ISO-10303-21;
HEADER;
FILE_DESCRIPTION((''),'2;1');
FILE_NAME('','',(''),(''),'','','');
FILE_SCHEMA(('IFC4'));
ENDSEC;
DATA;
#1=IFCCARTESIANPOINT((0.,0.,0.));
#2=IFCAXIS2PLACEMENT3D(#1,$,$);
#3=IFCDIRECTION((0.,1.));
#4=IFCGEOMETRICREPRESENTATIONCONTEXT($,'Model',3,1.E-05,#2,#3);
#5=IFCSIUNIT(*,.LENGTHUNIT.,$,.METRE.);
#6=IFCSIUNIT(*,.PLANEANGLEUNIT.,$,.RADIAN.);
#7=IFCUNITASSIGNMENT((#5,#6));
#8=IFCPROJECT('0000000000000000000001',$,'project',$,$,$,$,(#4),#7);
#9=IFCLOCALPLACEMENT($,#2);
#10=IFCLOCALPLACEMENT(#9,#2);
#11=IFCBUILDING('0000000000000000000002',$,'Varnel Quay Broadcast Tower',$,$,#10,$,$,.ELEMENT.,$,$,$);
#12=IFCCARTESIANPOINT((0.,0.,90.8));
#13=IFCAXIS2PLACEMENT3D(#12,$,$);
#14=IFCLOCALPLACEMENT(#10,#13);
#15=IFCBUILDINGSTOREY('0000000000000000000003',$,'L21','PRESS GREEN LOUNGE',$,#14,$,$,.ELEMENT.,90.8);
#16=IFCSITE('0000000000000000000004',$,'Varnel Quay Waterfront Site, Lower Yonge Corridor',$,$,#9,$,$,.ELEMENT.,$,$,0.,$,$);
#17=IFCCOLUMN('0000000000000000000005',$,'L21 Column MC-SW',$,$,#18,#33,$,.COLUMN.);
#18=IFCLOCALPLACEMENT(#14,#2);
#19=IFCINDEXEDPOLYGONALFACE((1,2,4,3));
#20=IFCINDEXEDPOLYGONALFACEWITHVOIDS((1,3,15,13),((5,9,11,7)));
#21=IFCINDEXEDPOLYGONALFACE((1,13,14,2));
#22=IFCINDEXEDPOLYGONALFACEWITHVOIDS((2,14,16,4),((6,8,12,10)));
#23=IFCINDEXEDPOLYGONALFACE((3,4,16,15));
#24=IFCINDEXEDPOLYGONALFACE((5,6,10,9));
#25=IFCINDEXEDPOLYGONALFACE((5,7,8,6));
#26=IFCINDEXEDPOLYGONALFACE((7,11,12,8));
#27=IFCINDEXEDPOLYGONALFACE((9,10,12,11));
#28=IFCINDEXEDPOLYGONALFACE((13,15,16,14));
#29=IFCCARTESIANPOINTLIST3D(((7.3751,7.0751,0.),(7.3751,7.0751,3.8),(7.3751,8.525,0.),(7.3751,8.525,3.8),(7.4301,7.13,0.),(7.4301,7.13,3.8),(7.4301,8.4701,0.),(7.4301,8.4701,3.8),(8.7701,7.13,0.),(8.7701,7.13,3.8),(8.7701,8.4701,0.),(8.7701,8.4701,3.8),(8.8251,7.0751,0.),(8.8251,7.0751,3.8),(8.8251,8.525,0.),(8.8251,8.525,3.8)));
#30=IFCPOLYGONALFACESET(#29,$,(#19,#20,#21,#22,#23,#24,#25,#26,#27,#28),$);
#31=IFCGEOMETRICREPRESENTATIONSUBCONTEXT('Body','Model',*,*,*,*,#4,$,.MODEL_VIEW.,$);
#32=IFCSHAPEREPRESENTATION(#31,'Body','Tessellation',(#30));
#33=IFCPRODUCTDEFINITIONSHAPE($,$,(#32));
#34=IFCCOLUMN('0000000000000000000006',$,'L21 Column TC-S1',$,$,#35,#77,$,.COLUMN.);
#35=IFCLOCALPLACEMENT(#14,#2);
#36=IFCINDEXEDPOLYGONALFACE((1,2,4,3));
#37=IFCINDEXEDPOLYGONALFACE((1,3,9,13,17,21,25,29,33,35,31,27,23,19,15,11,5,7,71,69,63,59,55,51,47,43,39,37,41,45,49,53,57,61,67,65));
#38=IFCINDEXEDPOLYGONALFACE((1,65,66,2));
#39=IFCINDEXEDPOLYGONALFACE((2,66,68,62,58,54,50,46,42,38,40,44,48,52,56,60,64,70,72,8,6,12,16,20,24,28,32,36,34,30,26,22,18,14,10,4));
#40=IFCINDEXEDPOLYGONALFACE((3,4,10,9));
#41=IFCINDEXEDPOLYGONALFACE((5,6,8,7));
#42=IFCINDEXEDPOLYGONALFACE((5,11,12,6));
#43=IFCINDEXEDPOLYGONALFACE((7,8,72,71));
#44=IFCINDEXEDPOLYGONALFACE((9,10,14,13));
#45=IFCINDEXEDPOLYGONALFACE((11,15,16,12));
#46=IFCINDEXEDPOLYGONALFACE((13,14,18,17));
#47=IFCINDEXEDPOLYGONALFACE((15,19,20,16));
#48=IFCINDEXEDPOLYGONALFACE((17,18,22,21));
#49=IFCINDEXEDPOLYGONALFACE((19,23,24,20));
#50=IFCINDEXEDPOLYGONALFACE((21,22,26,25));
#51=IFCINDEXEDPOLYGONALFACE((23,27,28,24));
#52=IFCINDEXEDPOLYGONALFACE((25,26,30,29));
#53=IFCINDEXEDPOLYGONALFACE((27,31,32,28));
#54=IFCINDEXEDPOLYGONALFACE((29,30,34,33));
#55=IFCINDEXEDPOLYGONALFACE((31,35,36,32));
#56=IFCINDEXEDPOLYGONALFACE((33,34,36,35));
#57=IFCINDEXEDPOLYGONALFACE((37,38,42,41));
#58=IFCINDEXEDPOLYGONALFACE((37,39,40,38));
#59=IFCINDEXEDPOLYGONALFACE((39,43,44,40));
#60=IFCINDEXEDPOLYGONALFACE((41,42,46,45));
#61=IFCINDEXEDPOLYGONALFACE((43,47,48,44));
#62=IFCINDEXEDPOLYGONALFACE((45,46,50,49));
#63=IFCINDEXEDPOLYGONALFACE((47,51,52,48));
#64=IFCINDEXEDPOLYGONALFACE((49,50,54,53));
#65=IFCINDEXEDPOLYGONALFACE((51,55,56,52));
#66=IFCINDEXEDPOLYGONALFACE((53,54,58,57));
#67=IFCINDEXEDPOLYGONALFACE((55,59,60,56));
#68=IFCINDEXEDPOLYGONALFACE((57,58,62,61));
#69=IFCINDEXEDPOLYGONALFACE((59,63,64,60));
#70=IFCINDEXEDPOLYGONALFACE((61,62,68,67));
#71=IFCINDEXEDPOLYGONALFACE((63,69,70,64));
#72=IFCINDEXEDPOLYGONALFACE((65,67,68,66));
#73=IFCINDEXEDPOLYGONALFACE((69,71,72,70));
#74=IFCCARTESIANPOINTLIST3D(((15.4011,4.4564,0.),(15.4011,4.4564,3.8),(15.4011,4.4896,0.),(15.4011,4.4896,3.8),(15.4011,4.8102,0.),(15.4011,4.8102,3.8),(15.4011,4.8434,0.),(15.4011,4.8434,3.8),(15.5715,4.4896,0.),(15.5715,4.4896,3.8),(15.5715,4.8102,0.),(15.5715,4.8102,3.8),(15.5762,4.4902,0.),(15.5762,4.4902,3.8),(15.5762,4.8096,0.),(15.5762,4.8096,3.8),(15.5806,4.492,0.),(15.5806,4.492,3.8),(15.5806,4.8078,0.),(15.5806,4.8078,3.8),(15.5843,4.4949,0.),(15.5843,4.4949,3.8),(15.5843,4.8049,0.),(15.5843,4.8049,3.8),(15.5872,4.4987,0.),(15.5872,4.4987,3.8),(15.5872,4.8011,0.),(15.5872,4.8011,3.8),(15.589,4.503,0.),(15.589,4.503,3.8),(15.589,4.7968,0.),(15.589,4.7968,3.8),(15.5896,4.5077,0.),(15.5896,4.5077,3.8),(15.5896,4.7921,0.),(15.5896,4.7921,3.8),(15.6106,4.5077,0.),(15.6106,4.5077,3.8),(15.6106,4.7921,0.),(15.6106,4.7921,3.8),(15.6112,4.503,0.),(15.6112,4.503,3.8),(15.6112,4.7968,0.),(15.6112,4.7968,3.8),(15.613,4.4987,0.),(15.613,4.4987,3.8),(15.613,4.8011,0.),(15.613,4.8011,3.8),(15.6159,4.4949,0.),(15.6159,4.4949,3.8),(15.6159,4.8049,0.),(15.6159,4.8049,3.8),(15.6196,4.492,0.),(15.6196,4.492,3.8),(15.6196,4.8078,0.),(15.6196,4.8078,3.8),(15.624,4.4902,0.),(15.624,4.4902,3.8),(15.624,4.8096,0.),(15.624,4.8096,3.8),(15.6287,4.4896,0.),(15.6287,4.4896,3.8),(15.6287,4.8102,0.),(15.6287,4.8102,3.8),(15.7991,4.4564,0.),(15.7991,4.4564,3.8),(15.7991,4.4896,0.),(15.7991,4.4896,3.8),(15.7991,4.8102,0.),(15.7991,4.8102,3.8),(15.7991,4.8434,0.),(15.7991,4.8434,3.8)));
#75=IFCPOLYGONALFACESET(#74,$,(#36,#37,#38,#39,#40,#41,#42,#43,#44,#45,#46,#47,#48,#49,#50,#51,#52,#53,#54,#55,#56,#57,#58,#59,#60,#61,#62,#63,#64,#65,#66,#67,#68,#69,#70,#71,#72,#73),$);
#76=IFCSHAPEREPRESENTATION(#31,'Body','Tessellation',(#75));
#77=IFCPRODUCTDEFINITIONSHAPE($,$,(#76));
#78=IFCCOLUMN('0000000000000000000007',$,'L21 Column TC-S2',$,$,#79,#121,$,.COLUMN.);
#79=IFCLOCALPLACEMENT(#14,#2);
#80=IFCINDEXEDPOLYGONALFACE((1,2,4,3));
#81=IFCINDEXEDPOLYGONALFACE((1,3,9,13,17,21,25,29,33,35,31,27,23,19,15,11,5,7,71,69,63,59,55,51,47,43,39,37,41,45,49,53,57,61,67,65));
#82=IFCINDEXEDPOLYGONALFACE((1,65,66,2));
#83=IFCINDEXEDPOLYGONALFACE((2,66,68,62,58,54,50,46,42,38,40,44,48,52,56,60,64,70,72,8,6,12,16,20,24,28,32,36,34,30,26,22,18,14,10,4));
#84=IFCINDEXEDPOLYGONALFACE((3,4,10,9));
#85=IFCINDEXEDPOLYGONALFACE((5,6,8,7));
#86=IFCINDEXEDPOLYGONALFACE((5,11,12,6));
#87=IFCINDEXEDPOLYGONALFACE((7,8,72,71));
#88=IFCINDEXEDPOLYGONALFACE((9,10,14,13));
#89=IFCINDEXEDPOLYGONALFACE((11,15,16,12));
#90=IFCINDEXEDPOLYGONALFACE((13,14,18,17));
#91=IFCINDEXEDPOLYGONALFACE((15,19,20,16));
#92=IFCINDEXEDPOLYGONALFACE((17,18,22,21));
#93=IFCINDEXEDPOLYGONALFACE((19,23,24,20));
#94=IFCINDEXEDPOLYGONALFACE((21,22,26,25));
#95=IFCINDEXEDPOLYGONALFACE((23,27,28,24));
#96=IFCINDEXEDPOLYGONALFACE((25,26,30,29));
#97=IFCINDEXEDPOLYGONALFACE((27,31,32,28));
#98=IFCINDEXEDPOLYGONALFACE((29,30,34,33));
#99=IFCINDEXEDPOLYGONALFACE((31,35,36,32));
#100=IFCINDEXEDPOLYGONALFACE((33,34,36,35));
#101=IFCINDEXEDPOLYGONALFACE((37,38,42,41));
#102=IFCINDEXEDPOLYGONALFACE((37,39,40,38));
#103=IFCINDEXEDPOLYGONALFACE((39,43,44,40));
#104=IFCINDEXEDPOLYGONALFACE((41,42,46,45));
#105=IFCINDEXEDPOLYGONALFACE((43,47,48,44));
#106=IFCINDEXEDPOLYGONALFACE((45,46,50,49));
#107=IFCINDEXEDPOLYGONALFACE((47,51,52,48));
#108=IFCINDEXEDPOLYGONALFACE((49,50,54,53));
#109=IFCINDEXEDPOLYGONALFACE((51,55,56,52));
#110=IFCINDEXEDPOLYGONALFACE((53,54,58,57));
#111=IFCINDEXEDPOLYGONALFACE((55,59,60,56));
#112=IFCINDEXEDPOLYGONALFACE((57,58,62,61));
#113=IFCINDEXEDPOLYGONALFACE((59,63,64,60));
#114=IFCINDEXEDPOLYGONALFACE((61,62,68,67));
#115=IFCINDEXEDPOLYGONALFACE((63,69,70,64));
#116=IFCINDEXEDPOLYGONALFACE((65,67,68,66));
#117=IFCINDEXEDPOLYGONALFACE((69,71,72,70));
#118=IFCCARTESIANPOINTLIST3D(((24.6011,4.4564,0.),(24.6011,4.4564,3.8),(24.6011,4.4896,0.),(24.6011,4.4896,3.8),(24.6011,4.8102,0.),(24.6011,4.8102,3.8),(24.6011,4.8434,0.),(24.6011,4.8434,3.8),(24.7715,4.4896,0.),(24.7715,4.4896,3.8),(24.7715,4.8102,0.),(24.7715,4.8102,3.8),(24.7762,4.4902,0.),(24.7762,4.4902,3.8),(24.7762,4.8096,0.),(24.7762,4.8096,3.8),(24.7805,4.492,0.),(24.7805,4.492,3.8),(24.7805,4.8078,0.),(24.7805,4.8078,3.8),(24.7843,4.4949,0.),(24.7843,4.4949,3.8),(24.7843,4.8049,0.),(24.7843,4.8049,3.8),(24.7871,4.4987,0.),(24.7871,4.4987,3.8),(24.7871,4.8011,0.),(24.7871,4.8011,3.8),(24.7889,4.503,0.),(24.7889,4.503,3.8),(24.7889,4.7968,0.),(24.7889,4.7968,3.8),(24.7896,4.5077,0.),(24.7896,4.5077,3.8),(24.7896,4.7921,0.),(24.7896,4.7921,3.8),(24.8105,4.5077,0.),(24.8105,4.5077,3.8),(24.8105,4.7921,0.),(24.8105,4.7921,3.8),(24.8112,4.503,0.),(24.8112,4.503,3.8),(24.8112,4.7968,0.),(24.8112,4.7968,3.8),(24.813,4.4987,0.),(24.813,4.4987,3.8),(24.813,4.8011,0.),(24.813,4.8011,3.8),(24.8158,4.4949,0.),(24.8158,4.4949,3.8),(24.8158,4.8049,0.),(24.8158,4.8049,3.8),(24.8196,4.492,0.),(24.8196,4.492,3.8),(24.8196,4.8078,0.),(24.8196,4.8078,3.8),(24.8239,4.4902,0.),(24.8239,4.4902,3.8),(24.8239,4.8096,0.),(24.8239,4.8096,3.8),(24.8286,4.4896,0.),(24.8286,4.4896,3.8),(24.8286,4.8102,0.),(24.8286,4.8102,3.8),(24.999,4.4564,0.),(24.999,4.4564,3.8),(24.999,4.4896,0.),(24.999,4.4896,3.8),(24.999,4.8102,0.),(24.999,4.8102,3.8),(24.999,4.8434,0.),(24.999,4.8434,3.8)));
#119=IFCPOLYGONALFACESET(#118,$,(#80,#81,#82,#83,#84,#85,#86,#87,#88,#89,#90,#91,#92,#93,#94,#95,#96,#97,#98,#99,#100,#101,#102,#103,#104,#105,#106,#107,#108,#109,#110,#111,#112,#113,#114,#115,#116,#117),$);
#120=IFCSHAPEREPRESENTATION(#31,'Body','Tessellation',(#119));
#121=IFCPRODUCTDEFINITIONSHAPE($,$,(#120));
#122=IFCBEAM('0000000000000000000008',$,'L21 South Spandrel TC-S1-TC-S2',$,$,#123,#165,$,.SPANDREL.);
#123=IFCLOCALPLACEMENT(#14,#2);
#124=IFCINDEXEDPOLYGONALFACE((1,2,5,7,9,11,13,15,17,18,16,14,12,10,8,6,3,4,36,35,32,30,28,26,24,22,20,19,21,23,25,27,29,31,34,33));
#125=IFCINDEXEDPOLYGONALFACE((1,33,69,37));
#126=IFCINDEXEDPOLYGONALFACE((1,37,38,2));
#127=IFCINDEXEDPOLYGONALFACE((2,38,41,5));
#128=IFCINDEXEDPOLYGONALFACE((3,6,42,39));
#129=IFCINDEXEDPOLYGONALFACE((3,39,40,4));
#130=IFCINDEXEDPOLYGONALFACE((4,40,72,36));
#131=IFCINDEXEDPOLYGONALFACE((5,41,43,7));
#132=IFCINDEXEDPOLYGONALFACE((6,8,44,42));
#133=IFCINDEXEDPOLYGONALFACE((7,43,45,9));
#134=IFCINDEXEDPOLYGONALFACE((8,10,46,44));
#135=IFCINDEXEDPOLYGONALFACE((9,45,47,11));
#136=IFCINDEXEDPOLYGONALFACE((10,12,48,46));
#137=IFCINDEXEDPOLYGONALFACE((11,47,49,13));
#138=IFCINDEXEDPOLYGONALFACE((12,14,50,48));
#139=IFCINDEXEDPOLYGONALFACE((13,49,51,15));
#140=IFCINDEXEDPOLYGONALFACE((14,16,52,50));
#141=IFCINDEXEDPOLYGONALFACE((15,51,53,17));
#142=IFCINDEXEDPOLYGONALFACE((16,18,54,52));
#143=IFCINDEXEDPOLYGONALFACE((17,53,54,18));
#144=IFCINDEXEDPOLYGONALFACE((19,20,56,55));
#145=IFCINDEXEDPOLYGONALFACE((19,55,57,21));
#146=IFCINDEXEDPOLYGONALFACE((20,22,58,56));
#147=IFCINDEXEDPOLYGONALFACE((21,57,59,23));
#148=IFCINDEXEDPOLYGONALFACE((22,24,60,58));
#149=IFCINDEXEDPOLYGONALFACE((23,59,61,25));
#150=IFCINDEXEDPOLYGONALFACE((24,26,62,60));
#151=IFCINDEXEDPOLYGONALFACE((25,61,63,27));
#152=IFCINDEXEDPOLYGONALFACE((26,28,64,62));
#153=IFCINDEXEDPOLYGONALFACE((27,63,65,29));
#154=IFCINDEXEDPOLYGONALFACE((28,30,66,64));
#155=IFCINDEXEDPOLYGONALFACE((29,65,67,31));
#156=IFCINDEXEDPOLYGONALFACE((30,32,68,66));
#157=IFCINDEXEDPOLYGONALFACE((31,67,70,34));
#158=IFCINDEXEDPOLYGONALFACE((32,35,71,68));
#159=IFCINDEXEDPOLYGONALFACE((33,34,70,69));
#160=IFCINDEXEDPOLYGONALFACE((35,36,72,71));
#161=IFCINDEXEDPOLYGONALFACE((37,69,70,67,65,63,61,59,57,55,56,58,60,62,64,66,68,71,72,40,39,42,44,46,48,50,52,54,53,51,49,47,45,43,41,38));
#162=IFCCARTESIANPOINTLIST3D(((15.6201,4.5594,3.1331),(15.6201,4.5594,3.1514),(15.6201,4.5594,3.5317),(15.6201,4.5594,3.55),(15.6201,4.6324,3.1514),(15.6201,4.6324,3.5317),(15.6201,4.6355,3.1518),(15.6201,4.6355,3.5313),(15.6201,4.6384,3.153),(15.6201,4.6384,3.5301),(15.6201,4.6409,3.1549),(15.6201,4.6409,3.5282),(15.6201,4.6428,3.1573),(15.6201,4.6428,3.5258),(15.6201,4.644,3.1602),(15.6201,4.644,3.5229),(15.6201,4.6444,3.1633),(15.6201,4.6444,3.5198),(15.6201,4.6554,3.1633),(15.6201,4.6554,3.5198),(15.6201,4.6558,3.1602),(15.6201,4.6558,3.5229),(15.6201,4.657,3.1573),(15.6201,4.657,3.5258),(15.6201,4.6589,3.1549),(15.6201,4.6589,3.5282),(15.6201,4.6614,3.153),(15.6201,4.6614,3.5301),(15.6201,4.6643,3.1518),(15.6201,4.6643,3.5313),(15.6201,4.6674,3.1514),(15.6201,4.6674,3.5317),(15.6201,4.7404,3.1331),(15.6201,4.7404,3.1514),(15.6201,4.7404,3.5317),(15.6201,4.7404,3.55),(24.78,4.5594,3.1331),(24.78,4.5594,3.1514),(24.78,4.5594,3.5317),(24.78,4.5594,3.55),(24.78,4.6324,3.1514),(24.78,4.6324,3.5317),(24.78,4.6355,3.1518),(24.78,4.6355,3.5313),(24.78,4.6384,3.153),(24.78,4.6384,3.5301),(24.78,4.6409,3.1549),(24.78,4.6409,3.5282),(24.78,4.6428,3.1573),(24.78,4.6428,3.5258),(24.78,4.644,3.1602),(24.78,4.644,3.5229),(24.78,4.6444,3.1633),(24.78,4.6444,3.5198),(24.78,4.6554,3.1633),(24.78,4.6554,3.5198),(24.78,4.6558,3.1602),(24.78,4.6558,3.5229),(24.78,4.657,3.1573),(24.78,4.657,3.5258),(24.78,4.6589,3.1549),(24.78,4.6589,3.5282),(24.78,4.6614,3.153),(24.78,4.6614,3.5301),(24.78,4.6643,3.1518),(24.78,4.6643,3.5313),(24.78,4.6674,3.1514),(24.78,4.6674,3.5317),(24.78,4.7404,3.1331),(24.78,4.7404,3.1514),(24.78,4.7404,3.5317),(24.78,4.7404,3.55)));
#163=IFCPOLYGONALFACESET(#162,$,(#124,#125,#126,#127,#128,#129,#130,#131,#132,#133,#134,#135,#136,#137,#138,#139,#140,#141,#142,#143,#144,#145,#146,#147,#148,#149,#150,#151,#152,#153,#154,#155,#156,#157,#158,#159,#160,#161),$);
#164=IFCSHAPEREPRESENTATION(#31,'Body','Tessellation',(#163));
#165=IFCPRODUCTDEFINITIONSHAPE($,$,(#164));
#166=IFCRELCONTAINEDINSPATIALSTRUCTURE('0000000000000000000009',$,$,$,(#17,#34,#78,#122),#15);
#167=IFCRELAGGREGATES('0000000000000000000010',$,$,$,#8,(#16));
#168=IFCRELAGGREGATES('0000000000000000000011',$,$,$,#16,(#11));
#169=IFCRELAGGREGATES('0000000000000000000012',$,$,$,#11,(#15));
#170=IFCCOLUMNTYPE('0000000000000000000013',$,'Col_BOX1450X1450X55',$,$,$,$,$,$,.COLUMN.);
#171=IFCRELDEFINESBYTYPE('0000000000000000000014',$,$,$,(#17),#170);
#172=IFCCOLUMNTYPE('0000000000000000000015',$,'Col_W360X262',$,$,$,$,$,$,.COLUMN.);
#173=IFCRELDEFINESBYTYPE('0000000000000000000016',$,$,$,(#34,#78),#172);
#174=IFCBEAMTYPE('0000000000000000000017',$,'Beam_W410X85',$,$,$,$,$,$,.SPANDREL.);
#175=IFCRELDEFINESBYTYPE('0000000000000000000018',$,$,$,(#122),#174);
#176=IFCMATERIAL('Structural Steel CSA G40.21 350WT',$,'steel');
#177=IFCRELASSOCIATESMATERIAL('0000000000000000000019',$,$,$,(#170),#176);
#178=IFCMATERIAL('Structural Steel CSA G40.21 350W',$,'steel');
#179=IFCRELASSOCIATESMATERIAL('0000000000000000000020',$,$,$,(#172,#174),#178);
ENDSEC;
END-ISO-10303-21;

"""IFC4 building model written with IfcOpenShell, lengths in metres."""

from ifc_helpers import new_model, si_unit, direction, frame, origin, origin_2d, place, context, subcontext, project, spatial, hollow_rectangle, i_section, extrude, source, transform, mapped, material, material_profile, profile_set, type_object, type_shapes, element, save


model = new_model("IFC4")

# Units and contexts
model_context = context("Model", 3, precision=1e-05, world=origin(), true_north=direction((0.0, 1.0)))
body_context = subcontext(model_context, "Body", "Model", "MODEL_VIEW")
ifc_project = project(units=[si_unit("LENGTHUNIT", "METRE"), si_unit("PLANEANGLEUNIT", "RADIAN")], contexts=[model_context])

# Site, building, storey
site_placement = place(None, origin())
site = spatial("IfcSite", under=ifc_project, at=site_placement, Name="Varnel Quay Waterfront Site, Lower Yonge Corridor", CompositionType="ELEMENT", RefElevation=0.0)
building_placement = place(site_placement, origin())
building = spatial("IfcBuilding", under=site, at=building_placement, Name="Varnel Quay Broadcast Tower", CompositionType="ELEMENT")
storey_placement = place(building_placement, frame((0.0, 0.0, 90.8)))
storey = spatial("IfcBuildingStorey", under=building, at=storey_placement, Name="L21", Description="PRESS GREEN LOUNGE", CompositionType="ELEMENT", Elevation=90.8)

# Columns
ifc_material_1 = material(Name="Structural Steel CSA G40.21 350WT", Category="steel")
ifc_material_profile_1 = material_profile(ifc_material_1, hollow_rectangle(XDim=1.45, YDim=1.45, WallThickness=0.0549, at=origin_2d()), Name="BOX1450X1450X55")
ifc_profile_set_1 = profile_set([ifc_material_profile_1], Name="Structural Steel CSA G40.21 350WT")
column_type_1 = type_object("IfcColumnType", Name="Col_BOX1450X1450X55", PredefinedType="COLUMN", material=ifc_profile_set_1)
shared_shape_1 = source(origin(), body_context, "Body", "SweptSolid", [
    extrude(hollow_rectangle(XDim=1.45, YDim=1.45, WallThickness=0.0549, at=origin_2d()), origin(), (0.0, 0.0, 1.0), 3.8),
])
type_shapes(column_type_1, [shared_shape_1])
column_placement = place(storey_placement, frame((8.1001, 7.8, 0.0), z_axis=(0.0, 0.0, 1.0), x_axis=(1.0, 0.0, 0.0)))
element("IfcColumn", 1, at=column_placement, inside=storey, type_object=column_type_1, Name="L21 Column MC-SW", PredefinedType="COLUMN", context=body_context, shape_type="MappedRepresentation", body=[
    mapped(shared_shape_1, transform((0.0, 0.0, 0.0), x_axis=(1.0, 0.0, 0.0), y_axis=(0.0, 1.0, 0.0), z_axis=(0.0, 0.0, 1.0), scale=1.0)),
])
ifc_material_2 = material(Name="Structural Steel CSA G40.21 350W", Category="steel")
ifc_material_profile_2 = material_profile(ifc_material_2, i_section(OverallWidth=0.3979, OverallDepth=0.387, WebThickness=0.021, FlangeThickness=0.0332, FilletRadius=0.0181, at=origin_2d()), Name="W360X262")
ifc_profile_set_2 = profile_set([ifc_material_profile_2], Name="Structural Steel CSA G40.21 350W")
column_type_2 = type_object("IfcColumnType", Name="Col_W360X262", PredefinedType="COLUMN", material=ifc_profile_set_2)
shared_shape_2 = source(origin(), body_context, "Body", "SweptSolid", [
    extrude(i_section(OverallWidth=0.3979, OverallDepth=0.387, WebThickness=0.021, FlangeThickness=0.0332, FilletRadius=0.0181, at=origin_2d()), origin(), (0.0, 0.0, 1.0), 3.8),
])
type_shapes(column_type_2, [shared_shape_2])
for number, where, z_axis, x_axis, name in (
    (2, (15.6001, 4.6499, 0.0), (0.0, 0.0, 1.0), (1.0, 0.0, 0.0), "L21 Column TC-S1"),
    (3, (24.8, 4.6499, 0.0), (0.0, 0.0, 1.0), (1.0, 0.0, 0.0), "L21 Column TC-S2"),
):
    element("IfcColumn", number, at=place(storey_placement, frame(where, z_axis=z_axis, x_axis=x_axis)), inside=storey, type_object=column_type_2, Name=name, PredefinedType="COLUMN", context=body_context, shape_type="MappedRepresentation", body=[
        mapped(shared_shape_2, transform((0.0, 0.0, 0.0), x_axis=(1.0, 0.0, 0.0), y_axis=(0.0, 1.0, 0.0), z_axis=(0.0, 0.0, 1.0), scale=1.0)),
    ])

# Beam
ifc_material_profile_3 = material_profile(ifc_material_2, i_section(OverallWidth=0.1809, OverallDepth=0.417, WebThickness=0.011, FlangeThickness=0.0183, FilletRadius=0.012, at=origin_2d()), Name="W410X85")
ifc_profile_set_3 = profile_set([ifc_material_profile_3], Name="Structural Steel CSA G40.21 350W")
beam_type_1 = type_object("IfcBeamType", Name="Beam_W410X85", PredefinedType="SPANDREL", material=ifc_profile_set_3)
shared_shape_3 = source(origin(), body_context, "Body", "SweptSolid", [
    extrude(i_section(OverallWidth=0.1809, OverallDepth=0.417, WebThickness=0.011, FlangeThickness=0.0183, FilletRadius=0.012, at=origin_2d()), origin(), (0.0, 0.0, 1.0), 9.1599),
])
for number, where, z_axis, x_axis, name in (
    (4, (15.6201, 4.6499, 3.3416), (1.0, 0.0, 0.0), (0.0, 1.0, 0.0), "L21 South Spandrel TC-S1-TC-S2"),
):
    element("IfcBeam", number, at=place(storey_placement, frame(where, z_axis=z_axis, x_axis=x_axis)), inside=storey, type_object=beam_type_1, Name=name, PredefinedType="SPANDREL", context=body_context, shape_type="MappedRepresentation", body=[
        mapped(shared_shape_3, transform((0.0, 0.0, 0.0), x_axis=(1.0, 0.0, 0.0), y_axis=(0.0, 1.0, 0.0), z_axis=(0.0, 0.0, 1.0), scale=1.0)),
    ])

save(model, "model.ifc")
